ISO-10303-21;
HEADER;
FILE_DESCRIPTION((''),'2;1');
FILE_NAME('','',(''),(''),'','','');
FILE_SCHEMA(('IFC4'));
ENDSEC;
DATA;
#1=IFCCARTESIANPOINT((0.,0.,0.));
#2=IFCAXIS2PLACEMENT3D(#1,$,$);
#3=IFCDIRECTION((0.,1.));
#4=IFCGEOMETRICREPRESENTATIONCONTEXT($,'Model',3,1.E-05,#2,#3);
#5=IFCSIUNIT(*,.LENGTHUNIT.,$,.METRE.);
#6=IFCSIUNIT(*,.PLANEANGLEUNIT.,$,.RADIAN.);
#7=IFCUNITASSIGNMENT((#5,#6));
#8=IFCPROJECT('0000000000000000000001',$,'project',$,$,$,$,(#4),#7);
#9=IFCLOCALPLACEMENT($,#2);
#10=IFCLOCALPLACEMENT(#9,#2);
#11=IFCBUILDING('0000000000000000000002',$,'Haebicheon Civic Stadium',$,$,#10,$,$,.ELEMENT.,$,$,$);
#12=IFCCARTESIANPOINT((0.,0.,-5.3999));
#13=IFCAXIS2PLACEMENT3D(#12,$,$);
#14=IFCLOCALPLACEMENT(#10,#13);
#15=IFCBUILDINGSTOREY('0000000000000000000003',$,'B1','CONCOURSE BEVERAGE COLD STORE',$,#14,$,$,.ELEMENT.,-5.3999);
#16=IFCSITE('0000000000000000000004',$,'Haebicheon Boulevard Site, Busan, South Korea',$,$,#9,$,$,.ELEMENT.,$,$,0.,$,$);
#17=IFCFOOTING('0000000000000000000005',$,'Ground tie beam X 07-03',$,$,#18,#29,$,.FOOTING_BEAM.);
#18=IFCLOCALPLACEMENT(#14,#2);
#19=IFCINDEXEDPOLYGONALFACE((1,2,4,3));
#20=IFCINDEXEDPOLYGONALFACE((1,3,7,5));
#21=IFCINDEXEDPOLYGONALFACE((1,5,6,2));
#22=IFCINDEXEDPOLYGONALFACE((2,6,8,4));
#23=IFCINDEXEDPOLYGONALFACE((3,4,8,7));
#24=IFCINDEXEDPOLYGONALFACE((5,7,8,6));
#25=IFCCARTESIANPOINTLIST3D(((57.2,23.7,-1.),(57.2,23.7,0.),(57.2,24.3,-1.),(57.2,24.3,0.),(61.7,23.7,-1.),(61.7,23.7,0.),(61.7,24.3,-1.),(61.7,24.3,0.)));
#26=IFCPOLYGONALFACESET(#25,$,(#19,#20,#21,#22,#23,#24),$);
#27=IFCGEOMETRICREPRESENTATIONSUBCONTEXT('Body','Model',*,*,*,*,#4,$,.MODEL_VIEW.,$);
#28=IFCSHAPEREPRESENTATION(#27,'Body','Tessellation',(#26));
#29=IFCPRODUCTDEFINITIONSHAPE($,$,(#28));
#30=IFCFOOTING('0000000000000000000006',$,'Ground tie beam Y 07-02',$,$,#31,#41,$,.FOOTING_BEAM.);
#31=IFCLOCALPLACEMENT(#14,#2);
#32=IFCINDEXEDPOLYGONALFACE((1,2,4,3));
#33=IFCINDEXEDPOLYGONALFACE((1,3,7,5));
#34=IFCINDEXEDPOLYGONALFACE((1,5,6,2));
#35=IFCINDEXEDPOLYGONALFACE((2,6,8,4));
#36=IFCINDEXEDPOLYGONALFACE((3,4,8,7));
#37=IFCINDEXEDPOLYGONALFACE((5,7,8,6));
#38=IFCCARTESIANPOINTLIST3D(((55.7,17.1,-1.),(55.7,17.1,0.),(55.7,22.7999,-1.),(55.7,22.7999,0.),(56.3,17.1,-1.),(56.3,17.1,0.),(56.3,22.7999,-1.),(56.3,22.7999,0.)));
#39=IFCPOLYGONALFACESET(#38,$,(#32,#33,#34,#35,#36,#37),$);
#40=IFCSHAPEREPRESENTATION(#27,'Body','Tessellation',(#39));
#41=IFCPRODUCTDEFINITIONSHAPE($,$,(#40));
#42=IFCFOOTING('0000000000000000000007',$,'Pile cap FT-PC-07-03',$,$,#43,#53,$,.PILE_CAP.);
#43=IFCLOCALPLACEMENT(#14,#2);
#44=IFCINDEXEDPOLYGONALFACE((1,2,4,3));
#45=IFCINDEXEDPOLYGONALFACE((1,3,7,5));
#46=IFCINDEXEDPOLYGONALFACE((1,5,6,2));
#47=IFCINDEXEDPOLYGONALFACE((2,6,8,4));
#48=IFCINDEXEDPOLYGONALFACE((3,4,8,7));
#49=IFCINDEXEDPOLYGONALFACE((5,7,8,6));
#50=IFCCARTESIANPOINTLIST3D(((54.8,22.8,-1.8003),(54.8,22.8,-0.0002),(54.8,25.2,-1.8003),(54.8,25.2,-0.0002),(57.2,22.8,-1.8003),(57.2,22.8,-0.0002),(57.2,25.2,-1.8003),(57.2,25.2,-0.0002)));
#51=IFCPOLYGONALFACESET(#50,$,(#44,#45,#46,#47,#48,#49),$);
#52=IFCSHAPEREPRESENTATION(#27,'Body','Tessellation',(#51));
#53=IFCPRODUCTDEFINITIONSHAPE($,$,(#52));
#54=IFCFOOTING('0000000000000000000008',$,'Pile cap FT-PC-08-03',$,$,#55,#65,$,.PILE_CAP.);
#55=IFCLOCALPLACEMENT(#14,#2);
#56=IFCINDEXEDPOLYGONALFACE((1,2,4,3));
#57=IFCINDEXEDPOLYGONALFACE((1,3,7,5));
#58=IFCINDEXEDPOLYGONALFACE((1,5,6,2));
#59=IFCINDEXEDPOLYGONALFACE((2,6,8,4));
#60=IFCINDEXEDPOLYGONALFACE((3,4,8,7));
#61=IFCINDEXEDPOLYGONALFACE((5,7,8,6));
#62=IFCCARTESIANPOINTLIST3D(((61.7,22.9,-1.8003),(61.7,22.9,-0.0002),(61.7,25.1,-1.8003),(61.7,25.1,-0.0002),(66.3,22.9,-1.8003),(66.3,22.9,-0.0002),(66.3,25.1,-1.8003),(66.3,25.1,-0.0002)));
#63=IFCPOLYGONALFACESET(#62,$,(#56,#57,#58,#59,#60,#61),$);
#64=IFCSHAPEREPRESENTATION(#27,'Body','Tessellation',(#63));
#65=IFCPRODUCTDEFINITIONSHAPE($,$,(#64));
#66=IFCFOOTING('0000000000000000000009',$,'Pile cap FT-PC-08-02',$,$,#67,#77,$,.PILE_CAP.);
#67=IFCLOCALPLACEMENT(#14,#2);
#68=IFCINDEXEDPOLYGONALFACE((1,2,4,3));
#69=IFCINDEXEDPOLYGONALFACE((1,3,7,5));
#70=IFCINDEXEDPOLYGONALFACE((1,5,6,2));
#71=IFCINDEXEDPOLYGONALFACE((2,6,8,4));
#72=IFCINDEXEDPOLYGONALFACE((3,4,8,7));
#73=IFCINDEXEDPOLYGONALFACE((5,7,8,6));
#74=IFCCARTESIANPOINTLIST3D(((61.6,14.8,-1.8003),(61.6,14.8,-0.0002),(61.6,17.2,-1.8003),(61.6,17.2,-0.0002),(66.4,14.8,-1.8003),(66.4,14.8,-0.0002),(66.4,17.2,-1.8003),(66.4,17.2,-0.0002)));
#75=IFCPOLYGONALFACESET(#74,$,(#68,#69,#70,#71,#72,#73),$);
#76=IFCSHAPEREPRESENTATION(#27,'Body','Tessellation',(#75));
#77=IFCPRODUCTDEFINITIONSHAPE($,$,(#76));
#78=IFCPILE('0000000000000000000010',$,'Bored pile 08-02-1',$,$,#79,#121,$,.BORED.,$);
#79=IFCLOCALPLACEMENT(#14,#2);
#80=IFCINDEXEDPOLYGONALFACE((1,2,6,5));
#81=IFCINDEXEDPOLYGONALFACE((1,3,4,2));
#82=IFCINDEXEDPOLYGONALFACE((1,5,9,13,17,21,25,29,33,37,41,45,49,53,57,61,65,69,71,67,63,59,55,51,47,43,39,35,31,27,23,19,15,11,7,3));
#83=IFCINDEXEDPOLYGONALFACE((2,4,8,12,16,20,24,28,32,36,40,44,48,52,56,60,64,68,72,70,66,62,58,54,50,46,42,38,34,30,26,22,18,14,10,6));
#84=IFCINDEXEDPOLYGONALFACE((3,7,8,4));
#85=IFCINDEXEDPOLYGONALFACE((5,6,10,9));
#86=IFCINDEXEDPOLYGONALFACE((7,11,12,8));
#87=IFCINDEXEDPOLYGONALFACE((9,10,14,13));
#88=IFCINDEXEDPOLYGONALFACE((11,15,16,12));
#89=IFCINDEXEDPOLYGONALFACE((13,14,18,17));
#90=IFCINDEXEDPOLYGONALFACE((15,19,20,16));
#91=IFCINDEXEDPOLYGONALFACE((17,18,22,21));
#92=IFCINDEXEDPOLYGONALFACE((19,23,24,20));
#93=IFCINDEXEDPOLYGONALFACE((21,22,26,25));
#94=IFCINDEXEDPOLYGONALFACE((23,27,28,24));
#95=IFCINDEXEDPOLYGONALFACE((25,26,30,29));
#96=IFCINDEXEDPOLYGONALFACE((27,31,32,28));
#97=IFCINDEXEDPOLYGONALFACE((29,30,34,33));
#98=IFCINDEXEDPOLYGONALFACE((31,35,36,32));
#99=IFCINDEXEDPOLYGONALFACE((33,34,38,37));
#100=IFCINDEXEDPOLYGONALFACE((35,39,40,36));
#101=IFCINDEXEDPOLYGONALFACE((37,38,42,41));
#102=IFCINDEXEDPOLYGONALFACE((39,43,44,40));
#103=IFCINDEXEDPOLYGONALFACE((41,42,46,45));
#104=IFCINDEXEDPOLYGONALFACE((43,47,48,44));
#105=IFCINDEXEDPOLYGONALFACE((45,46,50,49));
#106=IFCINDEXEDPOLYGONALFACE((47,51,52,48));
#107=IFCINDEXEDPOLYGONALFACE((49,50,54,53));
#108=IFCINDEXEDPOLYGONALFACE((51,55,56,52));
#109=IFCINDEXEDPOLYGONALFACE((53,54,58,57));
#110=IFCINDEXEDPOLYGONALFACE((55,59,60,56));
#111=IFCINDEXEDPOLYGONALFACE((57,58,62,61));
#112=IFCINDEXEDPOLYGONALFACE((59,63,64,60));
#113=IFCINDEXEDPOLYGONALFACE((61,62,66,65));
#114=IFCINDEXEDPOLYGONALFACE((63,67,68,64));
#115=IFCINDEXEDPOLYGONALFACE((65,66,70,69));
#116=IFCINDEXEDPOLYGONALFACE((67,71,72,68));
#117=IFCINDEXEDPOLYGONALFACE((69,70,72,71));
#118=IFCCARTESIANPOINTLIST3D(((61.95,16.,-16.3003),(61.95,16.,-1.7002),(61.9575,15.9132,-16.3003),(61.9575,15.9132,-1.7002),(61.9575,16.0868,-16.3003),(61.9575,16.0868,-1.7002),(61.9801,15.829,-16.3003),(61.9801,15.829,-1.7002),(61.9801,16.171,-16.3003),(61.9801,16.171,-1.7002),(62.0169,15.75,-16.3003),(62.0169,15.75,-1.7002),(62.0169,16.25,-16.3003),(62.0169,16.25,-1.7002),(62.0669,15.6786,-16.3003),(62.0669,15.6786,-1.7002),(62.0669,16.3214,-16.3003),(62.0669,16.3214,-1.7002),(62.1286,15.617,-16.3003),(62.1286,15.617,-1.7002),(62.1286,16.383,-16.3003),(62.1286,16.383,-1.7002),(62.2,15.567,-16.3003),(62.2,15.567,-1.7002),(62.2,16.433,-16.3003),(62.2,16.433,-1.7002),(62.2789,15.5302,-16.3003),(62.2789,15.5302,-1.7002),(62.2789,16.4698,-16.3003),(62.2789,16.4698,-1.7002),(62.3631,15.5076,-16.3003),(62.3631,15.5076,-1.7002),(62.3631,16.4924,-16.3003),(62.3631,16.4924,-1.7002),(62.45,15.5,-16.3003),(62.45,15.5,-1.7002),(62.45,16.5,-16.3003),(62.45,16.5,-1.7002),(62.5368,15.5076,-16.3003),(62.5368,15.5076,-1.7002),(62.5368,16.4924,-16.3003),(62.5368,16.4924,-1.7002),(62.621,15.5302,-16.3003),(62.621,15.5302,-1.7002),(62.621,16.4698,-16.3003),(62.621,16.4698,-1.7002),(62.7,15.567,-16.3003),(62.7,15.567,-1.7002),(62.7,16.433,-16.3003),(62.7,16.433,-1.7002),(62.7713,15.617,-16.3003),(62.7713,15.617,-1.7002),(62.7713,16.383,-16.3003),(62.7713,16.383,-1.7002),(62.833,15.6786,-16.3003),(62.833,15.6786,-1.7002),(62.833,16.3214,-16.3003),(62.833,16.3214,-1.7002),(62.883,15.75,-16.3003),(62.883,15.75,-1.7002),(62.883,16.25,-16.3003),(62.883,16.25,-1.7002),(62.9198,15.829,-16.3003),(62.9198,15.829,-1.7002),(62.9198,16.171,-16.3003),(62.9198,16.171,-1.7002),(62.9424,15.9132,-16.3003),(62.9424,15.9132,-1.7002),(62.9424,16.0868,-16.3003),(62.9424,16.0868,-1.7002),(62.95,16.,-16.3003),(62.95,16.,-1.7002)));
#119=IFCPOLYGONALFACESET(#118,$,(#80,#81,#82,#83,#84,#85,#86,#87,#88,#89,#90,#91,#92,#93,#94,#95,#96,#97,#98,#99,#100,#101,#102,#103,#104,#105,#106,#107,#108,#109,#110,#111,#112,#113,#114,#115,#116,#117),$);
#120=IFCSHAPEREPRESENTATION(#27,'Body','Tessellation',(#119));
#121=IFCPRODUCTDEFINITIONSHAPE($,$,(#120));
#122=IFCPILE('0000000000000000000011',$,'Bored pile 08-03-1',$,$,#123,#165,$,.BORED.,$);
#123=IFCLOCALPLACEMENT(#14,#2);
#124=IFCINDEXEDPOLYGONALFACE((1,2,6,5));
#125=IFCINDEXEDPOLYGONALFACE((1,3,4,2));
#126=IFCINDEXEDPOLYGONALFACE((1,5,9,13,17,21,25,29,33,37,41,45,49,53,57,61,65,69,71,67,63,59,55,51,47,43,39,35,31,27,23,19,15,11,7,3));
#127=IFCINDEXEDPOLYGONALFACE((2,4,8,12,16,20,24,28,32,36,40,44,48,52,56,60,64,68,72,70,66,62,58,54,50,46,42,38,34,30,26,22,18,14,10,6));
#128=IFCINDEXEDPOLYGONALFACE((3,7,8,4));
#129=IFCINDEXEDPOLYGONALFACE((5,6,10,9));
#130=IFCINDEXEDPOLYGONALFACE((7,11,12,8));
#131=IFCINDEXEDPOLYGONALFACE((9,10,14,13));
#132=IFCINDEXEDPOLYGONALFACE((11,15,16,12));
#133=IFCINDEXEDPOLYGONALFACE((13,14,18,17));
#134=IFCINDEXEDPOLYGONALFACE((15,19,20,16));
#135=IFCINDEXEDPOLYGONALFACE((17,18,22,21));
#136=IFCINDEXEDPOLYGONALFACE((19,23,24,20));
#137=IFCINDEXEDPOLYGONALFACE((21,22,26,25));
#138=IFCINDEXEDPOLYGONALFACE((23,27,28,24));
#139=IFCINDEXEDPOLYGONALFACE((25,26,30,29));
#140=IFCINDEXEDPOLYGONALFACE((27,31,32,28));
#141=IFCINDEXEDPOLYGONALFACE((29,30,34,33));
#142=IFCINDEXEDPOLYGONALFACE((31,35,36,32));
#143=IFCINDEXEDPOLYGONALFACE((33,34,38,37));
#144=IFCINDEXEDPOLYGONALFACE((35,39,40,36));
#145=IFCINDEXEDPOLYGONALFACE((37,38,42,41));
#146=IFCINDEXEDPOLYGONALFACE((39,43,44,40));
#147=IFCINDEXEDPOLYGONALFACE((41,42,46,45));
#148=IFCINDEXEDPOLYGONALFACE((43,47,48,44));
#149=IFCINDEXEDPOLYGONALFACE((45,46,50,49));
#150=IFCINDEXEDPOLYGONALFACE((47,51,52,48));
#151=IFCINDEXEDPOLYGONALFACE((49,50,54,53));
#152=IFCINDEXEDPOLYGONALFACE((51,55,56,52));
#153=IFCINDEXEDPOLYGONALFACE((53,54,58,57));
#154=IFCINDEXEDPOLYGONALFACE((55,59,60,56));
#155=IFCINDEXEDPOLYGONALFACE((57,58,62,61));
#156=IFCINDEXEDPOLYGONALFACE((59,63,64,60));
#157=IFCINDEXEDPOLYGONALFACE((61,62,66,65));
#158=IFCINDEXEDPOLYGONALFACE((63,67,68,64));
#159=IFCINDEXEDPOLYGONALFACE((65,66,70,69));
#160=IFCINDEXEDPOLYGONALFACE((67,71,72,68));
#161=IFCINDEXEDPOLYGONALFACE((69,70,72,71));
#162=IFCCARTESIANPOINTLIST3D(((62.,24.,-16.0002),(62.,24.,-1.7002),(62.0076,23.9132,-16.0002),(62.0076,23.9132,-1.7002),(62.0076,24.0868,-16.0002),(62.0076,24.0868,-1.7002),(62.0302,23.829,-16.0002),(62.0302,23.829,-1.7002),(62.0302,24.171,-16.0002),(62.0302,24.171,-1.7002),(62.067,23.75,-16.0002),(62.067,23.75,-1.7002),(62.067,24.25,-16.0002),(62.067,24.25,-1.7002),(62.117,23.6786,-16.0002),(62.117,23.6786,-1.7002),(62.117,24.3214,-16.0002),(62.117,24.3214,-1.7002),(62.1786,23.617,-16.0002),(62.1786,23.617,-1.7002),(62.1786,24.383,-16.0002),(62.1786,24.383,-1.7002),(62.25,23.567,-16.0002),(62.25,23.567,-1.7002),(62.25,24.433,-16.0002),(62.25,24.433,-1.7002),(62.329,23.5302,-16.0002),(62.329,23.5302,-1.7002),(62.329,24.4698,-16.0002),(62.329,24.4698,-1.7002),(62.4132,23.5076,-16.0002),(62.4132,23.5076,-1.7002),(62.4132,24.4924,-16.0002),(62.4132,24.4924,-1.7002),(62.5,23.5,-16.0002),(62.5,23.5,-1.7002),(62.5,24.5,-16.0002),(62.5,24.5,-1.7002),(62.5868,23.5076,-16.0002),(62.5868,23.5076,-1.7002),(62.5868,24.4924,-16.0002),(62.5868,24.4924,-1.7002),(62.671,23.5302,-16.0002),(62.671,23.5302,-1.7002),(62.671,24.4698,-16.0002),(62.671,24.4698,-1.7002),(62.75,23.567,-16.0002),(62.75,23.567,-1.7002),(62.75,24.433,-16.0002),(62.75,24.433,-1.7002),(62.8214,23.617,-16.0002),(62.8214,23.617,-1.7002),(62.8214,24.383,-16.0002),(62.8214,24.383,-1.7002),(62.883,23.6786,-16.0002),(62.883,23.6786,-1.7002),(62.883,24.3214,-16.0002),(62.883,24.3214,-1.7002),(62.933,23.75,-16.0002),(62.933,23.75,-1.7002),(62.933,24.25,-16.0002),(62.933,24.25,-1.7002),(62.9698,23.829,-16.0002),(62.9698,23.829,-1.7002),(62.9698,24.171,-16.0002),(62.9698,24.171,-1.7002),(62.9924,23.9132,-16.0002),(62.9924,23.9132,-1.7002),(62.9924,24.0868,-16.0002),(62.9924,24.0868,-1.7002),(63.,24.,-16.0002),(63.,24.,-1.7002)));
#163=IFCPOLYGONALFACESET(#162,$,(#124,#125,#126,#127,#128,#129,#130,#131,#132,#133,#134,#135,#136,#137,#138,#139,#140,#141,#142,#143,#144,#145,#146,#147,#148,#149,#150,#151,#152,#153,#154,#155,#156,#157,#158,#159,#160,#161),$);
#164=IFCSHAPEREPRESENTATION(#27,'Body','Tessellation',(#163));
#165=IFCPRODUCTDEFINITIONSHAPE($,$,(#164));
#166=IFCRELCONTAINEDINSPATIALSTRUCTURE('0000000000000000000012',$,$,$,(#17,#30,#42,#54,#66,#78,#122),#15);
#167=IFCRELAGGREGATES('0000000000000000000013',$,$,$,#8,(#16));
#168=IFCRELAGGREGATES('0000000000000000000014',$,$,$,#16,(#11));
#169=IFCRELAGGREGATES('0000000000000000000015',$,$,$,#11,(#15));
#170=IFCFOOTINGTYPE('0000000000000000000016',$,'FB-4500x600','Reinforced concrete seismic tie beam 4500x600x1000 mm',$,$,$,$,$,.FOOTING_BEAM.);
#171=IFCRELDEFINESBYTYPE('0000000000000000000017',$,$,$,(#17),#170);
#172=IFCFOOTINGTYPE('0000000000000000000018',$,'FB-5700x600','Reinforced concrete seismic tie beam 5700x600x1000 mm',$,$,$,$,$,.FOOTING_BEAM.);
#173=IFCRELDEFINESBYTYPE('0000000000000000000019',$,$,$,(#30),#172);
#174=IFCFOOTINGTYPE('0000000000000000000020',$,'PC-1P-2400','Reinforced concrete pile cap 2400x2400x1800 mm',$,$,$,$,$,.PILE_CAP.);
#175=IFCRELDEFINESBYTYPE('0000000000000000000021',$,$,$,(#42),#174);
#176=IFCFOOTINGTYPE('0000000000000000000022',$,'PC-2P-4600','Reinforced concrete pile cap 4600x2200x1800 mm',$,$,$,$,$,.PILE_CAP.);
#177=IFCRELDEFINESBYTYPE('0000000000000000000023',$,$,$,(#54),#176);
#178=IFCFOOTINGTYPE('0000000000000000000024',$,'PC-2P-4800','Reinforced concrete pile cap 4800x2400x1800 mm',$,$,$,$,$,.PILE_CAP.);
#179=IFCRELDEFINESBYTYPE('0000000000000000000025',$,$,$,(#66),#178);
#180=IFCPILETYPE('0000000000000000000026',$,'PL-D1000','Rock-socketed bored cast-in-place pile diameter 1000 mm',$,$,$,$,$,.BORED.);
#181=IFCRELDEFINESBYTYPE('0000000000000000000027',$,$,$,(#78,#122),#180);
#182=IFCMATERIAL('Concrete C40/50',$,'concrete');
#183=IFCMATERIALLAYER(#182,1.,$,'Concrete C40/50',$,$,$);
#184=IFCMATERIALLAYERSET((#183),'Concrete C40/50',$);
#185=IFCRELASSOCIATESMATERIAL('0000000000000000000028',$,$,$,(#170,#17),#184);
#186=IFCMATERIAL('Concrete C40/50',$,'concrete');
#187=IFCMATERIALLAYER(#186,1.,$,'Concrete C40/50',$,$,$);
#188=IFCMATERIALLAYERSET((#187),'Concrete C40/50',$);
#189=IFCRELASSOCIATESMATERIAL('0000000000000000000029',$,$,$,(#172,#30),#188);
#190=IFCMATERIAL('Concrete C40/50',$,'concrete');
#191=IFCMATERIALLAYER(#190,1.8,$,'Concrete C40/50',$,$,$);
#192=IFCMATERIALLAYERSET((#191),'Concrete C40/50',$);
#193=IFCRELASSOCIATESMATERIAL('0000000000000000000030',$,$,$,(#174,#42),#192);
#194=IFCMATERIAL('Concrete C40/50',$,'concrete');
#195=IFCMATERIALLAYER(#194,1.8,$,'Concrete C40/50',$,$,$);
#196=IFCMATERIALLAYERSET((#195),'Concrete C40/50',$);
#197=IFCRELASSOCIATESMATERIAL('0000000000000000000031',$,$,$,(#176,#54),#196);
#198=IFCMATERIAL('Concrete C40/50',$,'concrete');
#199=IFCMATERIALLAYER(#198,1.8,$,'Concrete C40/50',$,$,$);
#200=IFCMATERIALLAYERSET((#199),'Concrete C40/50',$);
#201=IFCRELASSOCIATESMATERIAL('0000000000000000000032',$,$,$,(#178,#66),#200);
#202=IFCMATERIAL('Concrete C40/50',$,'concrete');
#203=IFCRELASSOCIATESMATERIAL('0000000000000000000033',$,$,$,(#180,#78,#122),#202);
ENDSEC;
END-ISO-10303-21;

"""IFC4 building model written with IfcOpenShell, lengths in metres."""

from ifc_helpers import new_model, si_unit, direction, frame, origin, origin_2d, place, context, subcontext, project, spatial, rectangle, circle, extrude, material, layer, layer_set, material_profile, profile_set, type_object, element, save


model = new_model("IFC4")

# Units and contexts
model_context = context("Model", 3, precision=1e-05, world=origin(), true_north=direction((0.0, 1.0)))
body_context = subcontext(model_context, "Body", "Model", "MODEL_VIEW")
ifc_project = project(units=[si_unit("LENGTHUNIT", "METRE"), si_unit("PLANEANGLEUNIT", "RADIAN")], contexts=[model_context])

# Site, building, storey
site_placement = place(None, origin())
site = spatial("IfcSite", under=ifc_project, at=site_placement, Name="Haebicheon Boulevard Site, Busan, South Korea", CompositionType="ELEMENT", RefElevation=0.0)
building_placement = place(site_placement, origin())
building = spatial("IfcBuilding", under=site, at=building_placement, Name="Haebicheon Civic Stadium", CompositionType="ELEMENT")
storey_placement = place(building_placement, frame((0.0, 0.0, -5.3999)))
storey = spatial("IfcBuildingStorey", under=building, at=storey_placement, Name="B1", Description="CONCOURSE BEVERAGE COLD STORE", CompositionType="ELEMENT", Elevation=-5.3999)

# Footings
ifc_material_1 = material(Name="Concrete C40/50", Category="concrete")
ifc_layer_1 = layer(ifc_material_1, 1.0, Name="Concrete C40/50")
ifc_layer_set_1 = layer_set([ifc_layer_1], Name="Concrete C40/50")
footing_type_1 = type_object("IfcFootingType", Name="FB-4500x600", Description="Reinforced concrete seismic tie beam 4500x600x1000 mm", PredefinedType="FOOTING_BEAM", material=ifc_layer_set_1)
footing_1_placement = place(storey_placement, frame((59.45, 24.0, -1.0), z_axis=(0.0, 0.0, 1.0), x_axis=(1.0, 0.0, 0.0)))
element("IfcFooting", 1, at=footing_1_placement, inside=storey, type_object=footing_type_1, material=ifc_layer_set_1, Name="Ground tie beam X 07-03", PredefinedType="FOOTING_BEAM", context=body_context, shape_type="SweptSolid", body=[
    extrude(rectangle(XDim=4.5, YDim=0.6001, at=origin_2d()), origin(), (0.0, 0.0, 1.0), 1.0),
])
ifc_material_2 = material(Name="Concrete C40/50", Category="concrete")
ifc_layer_2 = layer(ifc_material_2, 1.0, Name="Concrete C40/50")
ifc_layer_set_2 = layer_set([ifc_layer_2], Name="Concrete C40/50")
footing_type_2 = type_object("IfcFootingType", Name="FB-5700x600", Description="Reinforced concrete seismic tie beam 5700x600x1000 mm", PredefinedType="FOOTING_BEAM", material=ifc_layer_set_2)
footing_2_placement = place(storey_placement, frame((56.0, 19.95, -1.0), z_axis=(0.0, 0.0, 1.0), x_axis=(0.0, 1.0, 0.0)))
element("IfcFooting", 2, at=footing_2_placement, inside=storey, type_object=footing_type_2, material=ifc_layer_set_2, Name="Ground tie beam Y 07-02", PredefinedType="FOOTING_BEAM", context=body_context, shape_type="SweptSolid", body=[
    extrude(rectangle(XDim=5.7, YDim=0.6001, at=origin_2d()), origin(), (0.0, 0.0, 1.0), 1.0),
])
ifc_material_3 = material(Name="Concrete C40/50", Category="concrete")
ifc_layer_3 = layer(ifc_material_3, 1.8, Name="Concrete C40/50")
ifc_layer_set_3 = layer_set([ifc_layer_3], Name="Concrete C40/50")
footing_type_3 = type_object("IfcFootingType", Name="PC-1P-2400", Description="Reinforced concrete pile cap 2400x2400x1800 mm", PredefinedType="PILE_CAP", material=ifc_layer_set_3)
footing_3_placement = place(storey_placement, frame((56.0, 24.0, -1.8003), z_axis=(0.0, 0.0, 1.0), x_axis=(1.0, 0.0, 0.0)))
element("IfcFooting", 3, at=footing_3_placement, inside=storey, type_object=footing_type_3, material=ifc_layer_set_3, Name="Pile cap FT-PC-07-03", PredefinedType="PILE_CAP", context=body_context, shape_type="SweptSolid", body=[
    extrude(rectangle(XDim=2.3999, YDim=2.3999, at=origin_2d()), origin(), (0.0, 0.0, 1.0), 1.8),
])
ifc_material_4 = material(Name="Concrete C40/50", Category="concrete")
ifc_layer_4 = layer(ifc_material_4, 1.8, Name="Concrete C40/50")
ifc_layer_set_4 = layer_set([ifc_layer_4], Name="Concrete C40/50")
footing_type_4 = type_object("IfcFootingType", Name="PC-2P-4600", Description="Reinforced concrete pile cap 4600x2200x1800 mm", PredefinedType="PILE_CAP", material=ifc_layer_set_4)
footing_4_placement = place(storey_placement, frame((64.0, 24.0, -1.8003), z_axis=(0.0, 0.0, 1.0), x_axis=(1.0, 0.0, 0.0)))
element("IfcFooting", 4, at=footing_4_placement, inside=storey, type_object=footing_type_4, material=ifc_layer_set_4, Name="Pile cap FT-PC-08-03", PredefinedType="PILE_CAP", context=body_context, shape_type="SweptSolid", body=[
    extrude(rectangle(XDim=4.6001, YDim=2.2, at=origin_2d()), origin(), (0.0, 0.0, 1.0), 1.8),
])
ifc_material_5 = material(Name="Concrete C40/50", Category="concrete")
ifc_layer_5 = layer(ifc_material_5, 1.8, Name="Concrete C40/50")
ifc_layer_set_5 = layer_set([ifc_layer_5], Name="Concrete C40/50")
footing_type_5 = type_object("IfcFootingType", Name="PC-2P-4800", Description="Reinforced concrete pile cap 4800x2400x1800 mm", PredefinedType="PILE_CAP", material=ifc_layer_set_5)
footing_5_placement = place(storey_placement, frame((64.0, 16.0, -1.8003), z_axis=(0.0, 0.0, 1.0), x_axis=(1.0, 0.0, 0.0)))
element("IfcFooting", 5, at=footing_5_placement, inside=storey, type_object=footing_type_5, material=ifc_layer_set_5, Name="Pile cap FT-PC-08-02", PredefinedType="PILE_CAP", context=body_context, shape_type="SweptSolid", body=[
    extrude(rectangle(XDim=4.8, YDim=2.3999, at=origin_2d()), origin(), (0.0, 0.0, 1.0), 1.8),
])

# Piles
ifc_material_6 = material(Name="Concrete C40/50", Category="concrete")
ifc_material_profile_1 = material_profile(ifc_material_6, circle(Radius=0.5, at=origin_2d()), Name="PILE-D1000")
ifc_profile_set_1 = profile_set([ifc_material_profile_1], Name="Concrete C40/50")
pile_type_1 = type_object("IfcPileType", Name="PL-D1000", Description="Rock-socketed bored cast-in-place pile diameter 1000 mm", PredefinedType="BORED", material=ifc_profile_set_1)
pile_1_placement = place(storey_placement, frame((62.45, 16.0, -1.7002), z_axis=(0.0, 0.0, -1.0), x_axis=(1.0, 0.0, 0.0)))
element("IfcPile", 6, at=pile_1_placement, inside=storey, type_object=pile_type_1, material=ifc_profile_set_1, Name="Bored pile 08-02-1", PredefinedType="BORED", context=body_context, shape_type="SweptSolid", body=[
    extrude(circle(Radius=0.5, at=origin_2d()), origin(), (0.0, 0.0, 1.0), 14.6001),
])
pile_2_placement = place(storey_placement, frame((62.5, 24.0, -1.7002), z_axis=(0.0, 0.0, -1.0), x_axis=(1.0, 0.0, 0.0)))
element("IfcPile", 7, at=pile_2_placement, inside=storey, type_object=pile_type_1, material=ifc_profile_set_1, Name="Bored pile 08-03-1", PredefinedType="BORED", context=body_context, shape_type="SweptSolid", body=[
    extrude(circle(Radius=0.5, at=origin_2d()), origin(), (0.0, 0.0, 1.0), 14.3),
])

save(model, "model.ifc")
